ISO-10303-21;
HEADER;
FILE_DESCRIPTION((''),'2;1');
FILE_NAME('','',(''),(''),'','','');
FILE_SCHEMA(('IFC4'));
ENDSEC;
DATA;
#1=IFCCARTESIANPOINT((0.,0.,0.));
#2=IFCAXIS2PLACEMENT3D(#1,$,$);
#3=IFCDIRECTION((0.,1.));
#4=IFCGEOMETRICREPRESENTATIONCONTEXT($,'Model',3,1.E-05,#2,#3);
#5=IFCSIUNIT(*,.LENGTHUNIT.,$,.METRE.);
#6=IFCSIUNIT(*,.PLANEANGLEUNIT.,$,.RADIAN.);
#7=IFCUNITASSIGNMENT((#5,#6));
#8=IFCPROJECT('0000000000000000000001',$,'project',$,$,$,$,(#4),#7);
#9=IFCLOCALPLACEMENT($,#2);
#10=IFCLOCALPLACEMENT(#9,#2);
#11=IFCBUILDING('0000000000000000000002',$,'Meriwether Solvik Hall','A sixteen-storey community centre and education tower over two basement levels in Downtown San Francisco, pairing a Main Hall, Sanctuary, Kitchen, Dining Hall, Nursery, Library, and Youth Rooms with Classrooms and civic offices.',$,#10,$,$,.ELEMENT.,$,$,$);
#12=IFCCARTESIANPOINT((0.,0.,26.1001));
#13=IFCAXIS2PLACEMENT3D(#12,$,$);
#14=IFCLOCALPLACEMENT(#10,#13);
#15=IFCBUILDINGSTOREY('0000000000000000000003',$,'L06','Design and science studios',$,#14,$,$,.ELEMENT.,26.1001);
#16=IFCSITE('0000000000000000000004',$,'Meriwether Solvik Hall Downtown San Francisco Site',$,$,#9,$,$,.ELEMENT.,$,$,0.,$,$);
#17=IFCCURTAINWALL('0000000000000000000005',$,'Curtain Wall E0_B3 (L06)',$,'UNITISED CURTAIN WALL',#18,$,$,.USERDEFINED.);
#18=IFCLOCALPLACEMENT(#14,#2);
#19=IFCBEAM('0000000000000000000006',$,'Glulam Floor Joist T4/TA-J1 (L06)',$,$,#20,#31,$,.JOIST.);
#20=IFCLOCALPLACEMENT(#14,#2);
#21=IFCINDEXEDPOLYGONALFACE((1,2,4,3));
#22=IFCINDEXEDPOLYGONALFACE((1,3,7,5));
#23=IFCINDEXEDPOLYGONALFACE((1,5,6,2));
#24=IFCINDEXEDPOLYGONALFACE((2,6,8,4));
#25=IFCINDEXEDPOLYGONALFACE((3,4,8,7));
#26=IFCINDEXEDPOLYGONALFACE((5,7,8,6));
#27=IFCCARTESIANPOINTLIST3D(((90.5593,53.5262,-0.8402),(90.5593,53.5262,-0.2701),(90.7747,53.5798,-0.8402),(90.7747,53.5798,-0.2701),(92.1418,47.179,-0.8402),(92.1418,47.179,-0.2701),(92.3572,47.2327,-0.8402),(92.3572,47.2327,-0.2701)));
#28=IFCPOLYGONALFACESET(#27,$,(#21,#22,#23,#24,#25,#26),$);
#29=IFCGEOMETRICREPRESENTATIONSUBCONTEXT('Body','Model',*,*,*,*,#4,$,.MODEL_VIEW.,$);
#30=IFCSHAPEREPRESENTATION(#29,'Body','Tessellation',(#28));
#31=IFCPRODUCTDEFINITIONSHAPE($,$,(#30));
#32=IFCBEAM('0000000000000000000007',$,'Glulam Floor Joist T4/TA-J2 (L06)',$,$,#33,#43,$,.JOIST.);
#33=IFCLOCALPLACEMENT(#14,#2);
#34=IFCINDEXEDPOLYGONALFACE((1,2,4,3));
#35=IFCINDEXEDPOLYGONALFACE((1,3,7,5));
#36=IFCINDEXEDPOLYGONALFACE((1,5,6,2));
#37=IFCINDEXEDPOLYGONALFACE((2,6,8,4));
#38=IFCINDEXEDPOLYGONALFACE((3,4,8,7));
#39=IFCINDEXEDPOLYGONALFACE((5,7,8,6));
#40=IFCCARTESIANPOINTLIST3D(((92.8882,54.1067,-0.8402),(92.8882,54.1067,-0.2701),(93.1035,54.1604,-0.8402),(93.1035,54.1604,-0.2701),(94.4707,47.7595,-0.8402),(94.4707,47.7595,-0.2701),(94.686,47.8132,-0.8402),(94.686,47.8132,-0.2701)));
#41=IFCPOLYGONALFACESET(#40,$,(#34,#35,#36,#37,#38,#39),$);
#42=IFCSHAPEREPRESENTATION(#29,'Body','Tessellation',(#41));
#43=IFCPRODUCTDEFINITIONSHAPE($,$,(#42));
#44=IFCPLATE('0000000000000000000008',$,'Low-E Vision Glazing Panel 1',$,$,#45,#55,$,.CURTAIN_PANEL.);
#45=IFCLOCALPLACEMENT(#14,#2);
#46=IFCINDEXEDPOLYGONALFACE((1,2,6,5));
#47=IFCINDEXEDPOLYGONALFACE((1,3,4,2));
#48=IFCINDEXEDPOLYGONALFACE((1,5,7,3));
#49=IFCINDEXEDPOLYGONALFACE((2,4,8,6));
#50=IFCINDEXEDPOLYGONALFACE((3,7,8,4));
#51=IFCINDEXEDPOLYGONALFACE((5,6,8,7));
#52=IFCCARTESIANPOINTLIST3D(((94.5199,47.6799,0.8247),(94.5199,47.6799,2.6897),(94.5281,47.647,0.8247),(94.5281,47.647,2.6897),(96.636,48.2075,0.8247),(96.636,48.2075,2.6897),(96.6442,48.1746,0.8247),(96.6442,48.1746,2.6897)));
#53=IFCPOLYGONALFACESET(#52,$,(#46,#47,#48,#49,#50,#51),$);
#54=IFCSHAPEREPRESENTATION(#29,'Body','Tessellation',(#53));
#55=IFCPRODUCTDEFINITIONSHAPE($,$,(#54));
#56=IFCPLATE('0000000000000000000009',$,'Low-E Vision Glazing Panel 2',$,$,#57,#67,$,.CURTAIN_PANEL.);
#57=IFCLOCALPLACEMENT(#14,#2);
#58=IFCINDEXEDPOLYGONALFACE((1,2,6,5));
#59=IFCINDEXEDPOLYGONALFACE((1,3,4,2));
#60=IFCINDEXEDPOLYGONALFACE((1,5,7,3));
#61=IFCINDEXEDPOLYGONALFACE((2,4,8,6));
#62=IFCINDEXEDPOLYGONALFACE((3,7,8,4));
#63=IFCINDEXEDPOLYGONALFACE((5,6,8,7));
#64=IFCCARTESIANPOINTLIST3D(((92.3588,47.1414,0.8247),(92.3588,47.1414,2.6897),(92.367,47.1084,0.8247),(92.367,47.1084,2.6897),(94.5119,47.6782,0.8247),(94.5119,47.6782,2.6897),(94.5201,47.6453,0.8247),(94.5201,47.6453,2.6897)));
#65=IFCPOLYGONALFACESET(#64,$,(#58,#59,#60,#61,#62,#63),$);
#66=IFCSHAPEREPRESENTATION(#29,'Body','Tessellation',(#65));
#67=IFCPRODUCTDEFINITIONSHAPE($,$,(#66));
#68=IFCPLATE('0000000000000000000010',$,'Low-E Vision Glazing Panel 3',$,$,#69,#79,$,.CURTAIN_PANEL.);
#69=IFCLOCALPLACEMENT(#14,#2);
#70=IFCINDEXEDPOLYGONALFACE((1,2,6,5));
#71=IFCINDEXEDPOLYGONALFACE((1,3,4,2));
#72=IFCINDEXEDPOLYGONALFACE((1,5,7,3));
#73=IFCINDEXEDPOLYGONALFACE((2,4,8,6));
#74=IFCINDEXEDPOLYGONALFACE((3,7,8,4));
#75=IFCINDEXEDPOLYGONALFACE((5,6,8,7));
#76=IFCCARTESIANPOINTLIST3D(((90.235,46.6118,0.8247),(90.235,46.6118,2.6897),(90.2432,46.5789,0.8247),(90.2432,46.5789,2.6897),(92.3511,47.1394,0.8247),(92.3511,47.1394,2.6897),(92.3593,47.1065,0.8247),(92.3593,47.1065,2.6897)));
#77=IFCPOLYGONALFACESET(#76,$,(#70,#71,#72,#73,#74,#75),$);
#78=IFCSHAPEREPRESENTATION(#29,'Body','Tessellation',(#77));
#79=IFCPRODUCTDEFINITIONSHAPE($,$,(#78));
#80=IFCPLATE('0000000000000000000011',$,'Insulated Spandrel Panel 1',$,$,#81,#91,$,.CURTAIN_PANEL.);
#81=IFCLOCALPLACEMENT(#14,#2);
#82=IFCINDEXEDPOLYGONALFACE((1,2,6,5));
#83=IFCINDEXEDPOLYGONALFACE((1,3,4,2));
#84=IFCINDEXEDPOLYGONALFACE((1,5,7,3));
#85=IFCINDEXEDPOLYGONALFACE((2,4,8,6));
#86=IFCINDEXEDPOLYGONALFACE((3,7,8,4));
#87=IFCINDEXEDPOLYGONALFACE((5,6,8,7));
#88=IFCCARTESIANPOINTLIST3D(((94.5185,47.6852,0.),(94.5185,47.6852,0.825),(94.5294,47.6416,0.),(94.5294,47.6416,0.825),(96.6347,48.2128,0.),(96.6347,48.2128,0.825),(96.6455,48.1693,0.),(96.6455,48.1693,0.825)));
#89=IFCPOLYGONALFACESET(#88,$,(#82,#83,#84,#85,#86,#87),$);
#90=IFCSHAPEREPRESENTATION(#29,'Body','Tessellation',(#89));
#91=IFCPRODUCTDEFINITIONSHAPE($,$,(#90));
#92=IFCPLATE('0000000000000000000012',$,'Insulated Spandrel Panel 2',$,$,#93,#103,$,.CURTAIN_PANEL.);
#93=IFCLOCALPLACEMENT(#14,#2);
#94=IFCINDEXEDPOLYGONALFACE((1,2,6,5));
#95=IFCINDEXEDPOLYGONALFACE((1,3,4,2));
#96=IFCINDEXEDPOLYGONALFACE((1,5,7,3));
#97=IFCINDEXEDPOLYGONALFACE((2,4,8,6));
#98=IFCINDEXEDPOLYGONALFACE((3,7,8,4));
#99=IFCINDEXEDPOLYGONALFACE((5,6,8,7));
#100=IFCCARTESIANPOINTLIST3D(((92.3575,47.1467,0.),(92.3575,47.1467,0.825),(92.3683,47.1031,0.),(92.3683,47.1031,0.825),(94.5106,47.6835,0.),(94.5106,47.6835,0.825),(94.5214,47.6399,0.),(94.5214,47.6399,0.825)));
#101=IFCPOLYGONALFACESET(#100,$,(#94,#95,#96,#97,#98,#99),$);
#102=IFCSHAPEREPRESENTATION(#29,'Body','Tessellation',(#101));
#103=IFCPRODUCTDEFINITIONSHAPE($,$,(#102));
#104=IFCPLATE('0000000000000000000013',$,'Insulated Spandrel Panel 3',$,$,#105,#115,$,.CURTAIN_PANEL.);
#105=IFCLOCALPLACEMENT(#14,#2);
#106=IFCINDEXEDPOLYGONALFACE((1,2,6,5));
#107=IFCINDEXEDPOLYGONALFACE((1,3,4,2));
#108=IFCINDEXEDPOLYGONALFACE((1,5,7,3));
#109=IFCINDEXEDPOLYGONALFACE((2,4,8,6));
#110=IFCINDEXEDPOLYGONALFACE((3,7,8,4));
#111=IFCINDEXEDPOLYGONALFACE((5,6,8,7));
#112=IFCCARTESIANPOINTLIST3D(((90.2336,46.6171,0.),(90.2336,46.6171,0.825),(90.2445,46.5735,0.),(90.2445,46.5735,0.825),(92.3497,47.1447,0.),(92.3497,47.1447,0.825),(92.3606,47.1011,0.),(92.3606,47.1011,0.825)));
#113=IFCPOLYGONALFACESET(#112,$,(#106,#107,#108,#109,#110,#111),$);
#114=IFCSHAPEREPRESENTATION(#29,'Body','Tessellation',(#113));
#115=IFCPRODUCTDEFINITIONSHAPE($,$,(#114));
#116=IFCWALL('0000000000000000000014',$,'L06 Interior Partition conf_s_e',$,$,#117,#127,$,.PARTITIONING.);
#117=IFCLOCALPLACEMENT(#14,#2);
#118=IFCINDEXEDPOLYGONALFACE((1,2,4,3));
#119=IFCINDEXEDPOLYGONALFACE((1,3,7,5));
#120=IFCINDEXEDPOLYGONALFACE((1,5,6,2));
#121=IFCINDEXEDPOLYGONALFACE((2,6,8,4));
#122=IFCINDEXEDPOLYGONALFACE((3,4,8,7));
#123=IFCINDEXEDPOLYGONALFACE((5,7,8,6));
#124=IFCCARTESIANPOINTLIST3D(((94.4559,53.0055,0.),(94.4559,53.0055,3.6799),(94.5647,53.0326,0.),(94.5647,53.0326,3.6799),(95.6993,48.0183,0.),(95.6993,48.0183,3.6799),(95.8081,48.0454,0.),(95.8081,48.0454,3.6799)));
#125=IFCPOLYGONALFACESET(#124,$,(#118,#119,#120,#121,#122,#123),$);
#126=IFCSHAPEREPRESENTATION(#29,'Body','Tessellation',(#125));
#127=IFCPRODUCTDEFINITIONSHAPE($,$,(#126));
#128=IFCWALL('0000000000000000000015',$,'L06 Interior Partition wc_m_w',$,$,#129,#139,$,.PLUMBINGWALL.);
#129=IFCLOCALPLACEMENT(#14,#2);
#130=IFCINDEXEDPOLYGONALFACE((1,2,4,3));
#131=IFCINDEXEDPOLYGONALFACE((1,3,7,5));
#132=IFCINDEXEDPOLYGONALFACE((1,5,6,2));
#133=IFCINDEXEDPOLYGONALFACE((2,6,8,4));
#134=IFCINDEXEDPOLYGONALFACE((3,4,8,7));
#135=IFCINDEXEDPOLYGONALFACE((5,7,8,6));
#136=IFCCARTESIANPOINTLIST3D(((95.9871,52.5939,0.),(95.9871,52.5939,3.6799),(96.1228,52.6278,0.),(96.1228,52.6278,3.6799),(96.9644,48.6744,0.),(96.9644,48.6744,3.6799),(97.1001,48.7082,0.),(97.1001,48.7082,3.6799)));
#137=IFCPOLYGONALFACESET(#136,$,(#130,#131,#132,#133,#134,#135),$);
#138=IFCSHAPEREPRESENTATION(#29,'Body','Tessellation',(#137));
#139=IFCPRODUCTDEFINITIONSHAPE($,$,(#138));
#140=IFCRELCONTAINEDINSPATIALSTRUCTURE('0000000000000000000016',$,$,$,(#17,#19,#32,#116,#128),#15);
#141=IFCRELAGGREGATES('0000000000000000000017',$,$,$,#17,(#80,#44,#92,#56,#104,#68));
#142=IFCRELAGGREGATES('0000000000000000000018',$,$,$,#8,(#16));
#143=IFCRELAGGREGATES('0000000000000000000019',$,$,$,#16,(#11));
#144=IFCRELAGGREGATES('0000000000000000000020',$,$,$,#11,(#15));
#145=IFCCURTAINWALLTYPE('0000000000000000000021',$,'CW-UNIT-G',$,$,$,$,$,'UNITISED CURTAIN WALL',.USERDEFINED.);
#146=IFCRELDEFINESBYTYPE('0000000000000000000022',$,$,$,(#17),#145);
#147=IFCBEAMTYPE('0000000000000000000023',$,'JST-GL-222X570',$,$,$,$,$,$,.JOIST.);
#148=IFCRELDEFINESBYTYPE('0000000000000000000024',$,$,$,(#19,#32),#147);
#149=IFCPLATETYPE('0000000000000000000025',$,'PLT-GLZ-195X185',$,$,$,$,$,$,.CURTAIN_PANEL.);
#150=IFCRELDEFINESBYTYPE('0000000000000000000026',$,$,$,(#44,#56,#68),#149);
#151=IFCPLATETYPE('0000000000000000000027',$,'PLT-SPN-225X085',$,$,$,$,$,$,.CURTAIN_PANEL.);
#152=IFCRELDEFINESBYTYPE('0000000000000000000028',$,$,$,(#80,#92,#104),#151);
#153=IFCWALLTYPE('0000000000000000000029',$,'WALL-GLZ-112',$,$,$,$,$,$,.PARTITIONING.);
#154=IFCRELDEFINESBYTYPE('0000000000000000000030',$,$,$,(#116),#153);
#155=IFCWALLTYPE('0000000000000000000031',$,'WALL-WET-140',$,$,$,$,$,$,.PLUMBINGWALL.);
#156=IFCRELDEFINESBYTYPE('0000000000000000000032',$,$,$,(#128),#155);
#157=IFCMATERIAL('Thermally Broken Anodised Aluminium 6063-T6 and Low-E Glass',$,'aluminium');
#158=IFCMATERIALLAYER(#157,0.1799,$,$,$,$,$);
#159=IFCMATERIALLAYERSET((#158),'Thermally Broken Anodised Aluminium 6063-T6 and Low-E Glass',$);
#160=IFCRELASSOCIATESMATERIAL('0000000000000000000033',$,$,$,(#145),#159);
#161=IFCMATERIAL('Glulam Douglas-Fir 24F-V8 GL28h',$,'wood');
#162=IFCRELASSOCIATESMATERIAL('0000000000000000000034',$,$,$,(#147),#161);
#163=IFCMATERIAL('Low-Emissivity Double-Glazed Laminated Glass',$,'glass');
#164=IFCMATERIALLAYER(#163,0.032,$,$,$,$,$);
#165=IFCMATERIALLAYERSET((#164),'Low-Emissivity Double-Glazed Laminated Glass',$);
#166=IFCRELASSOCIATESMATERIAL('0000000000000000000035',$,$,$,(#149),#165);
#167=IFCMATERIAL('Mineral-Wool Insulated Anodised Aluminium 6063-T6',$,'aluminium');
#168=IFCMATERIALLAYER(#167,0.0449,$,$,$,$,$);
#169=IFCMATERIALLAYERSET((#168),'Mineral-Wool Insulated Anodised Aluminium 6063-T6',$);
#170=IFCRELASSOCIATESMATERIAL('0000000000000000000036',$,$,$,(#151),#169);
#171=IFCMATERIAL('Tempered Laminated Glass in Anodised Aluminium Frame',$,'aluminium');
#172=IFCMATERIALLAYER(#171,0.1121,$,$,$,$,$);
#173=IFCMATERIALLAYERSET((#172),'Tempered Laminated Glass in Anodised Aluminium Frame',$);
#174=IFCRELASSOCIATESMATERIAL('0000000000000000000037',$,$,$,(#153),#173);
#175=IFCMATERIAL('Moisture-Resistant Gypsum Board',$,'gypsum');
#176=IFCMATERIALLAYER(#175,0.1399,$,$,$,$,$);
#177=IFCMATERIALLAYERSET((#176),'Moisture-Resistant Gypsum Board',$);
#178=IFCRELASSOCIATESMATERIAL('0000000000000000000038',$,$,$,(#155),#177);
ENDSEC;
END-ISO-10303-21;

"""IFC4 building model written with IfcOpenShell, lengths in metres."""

from ifc_helpers import new_model, si_unit, direction, frame, frame_2d, origin, origin_2d, place, context, subcontext, project, spatial, rectangle, extrude, material, layer, layer_set, material_profile, profile_set, type_object, element, aggregate, save


model = new_model("IFC4")

# Units and contexts
model_context = context("Model", 3, precision=1e-05, world=origin(), true_north=direction((0.0, 1.0)))
body_context = subcontext(model_context, "Body", "Model", "MODEL_VIEW")
ifc_project = project(units=[si_unit("LENGTHUNIT", "METRE"), si_unit("PLANEANGLEUNIT", "RADIAN")], contexts=[model_context])

# Site, building, storey
site_placement = place(None, origin())
site = spatial("IfcSite", under=ifc_project, at=site_placement, Name="Meriwether Solvik Hall Downtown San Francisco Site", CompositionType="ELEMENT", RefElevation=0.0)
building_placement = place(site_placement, origin())
building = spatial("IfcBuilding", under=site, at=building_placement, Name="Meriwether Solvik Hall", Description="A sixteen-storey community centre and education tower over two basement levels in Downtown San Francisco, pairing a Main Hall, Sanctuary, Kitchen, Dining Hall, Nursery, Library, and Youth Rooms with Classrooms and civic offices.", CompositionType="ELEMENT")
storey_placement = place(building_placement, frame((0.0, 0.0, 26.1001)))
storey = spatial("IfcBuildingStorey", under=building, at=storey_placement, Name="L06", Description="Design and science studios", CompositionType="ELEMENT", Elevation=26.1001)

# Curtain wall
ifc_material_1 = material(Name="Thermally Broken Anodised Aluminium 6063-T6 and Low-E Glass", Category="aluminium")
ifc_layer_1 = layer(ifc_material_1, 0.1799)
ifc_layer_set_1 = layer_set([ifc_layer_1], Name="Thermally Broken Anodised Aluminium 6063-T6 and Low-E Glass")
curtain_wall_type = type_object("IfcCurtainWallType", Name="CW-UNIT-G", ElementType="UNITISED CURTAIN WALL", PredefinedType="USERDEFINED", material=ifc_layer_set_1)
curtain_wall_placement = place(storey_placement, origin())
curtain_wall = element("IfcCurtainWall", 1, at=curtain_wall_placement, inside=storey, type_object=curtain_wall_type, Name="Curtain Wall E0_B3 (L06)", ObjectType="UNITISED CURTAIN WALL", PredefinedType="USERDEFINED")

# Beams
ifc_material_2 = material(Name="Glulam Douglas-Fir 24F-V8 GL28h", Category="wood")
ifc_material_profile_1 = material_profile(ifc_material_2, rectangle(XDim=0.2219, YDim=0.5701, at=origin_2d()), Name="GLJ-222X570")
ifc_profile_set_1 = profile_set([ifc_material_profile_1], Name="Glulam Douglas-Fir 24F-V8 GL28h")
beam_type_1 = type_object("IfcBeamType", Name="JST-GL-222X570", PredefinedType="JOIST", material=ifc_profile_set_1)
for number, where, z_axis, x_axis, name in (
    (2, (92.2495, 47.2058, -0.5552), (-0.241921, 0.970296, 0.0), (-0.970296, -0.241921, 0.0), "Glulam Floor Joist T4/TA-J1 (L06)"),
    (3, (94.5784, 47.7864, -0.5552), (-0.241921, 0.970296, 0.0), (-0.970296, -0.241921, 0.0), "Glulam Floor Joist T4/TA-J2 (L06)"),
):
    element("IfcBeam", number, at=place(storey_placement, frame(where, z_axis=z_axis, x_axis=x_axis)), inside=storey, type_object=beam_type_1, Name=name, PredefinedType="JOIST", context=body_context, shape_type="SweptSolid", body=[
        extrude(rectangle(XDim=0.2219, YDim=0.5701, at=origin_2d()), origin(), (0.0, 0.0, 1.0), 6.5415),
    ])

# Plates
ifc_material_3 = material(Name="Low-Emissivity Double-Glazed Laminated Glass", Category="glass")
ifc_layer_2 = layer(ifc_material_3, 0.032)
ifc_layer_set_2 = layer_set([ifc_layer_2], Name="Low-Emissivity Double-Glazed Laminated Glass")
plate_type_1 = type_object("IfcPlateType", Name="PLT-GLZ-195X185", PredefinedType="CURTAIN_PANEL", material=ifc_layer_set_2)
plate_1_placement = place(storey_placement, frame((95.582, 47.9272, 0.8247), z_axis=(0.0, 0.0, 1.0), x_axis=(-0.970296, -0.241922, 0.0)))
plate_1 = element("IfcPlate", 4, at=plate_1_placement, type_object=plate_type_1, Name="Low-E Vision Glazing Panel 1", PredefinedType="CURTAIN_PANEL", context=body_context, shape_type="SweptSolid", body=[
    extrude(rectangle(XDim=2.1809, YDim=0.0339, at=origin_2d()), origin(), (0.0, 0.0, 1.0), 1.865),
])
plate_2_placement = place(storey_placement, frame((93.4395, 47.3933, 0.8247), z_axis=(0.0, 0.0, 1.0), x_axis=(-0.970296, -0.241922, 0.0)))
plate_2 = element("IfcPlate", 5, at=plate_2_placement, type_object=plate_type_1, Name="Low-E Vision Glazing Panel 2", PredefinedType="CURTAIN_PANEL", context=body_context, shape_type="SweptSolid", body=[
    extrude(rectangle(XDim=2.219, YDim=0.0339, at=origin_2d()), origin(), (0.0, 0.0, 1.0), 1.865),
])
plate_3_placement = place(storey_placement, frame((91.2971, 46.8591, 0.8247), z_axis=(0.0, 0.0, 1.0), x_axis=(-0.970296, -0.241922, 0.0)))
plate_3 = element("IfcPlate", 6, at=plate_3_placement, type_object=plate_type_1, Name="Low-E Vision Glazing Panel 3", PredefinedType="CURTAIN_PANEL", context=body_context, shape_type="SweptSolid", body=[
    extrude(rectangle(XDim=2.1809, YDim=0.0339, at=origin_2d()), origin(), (0.0, 0.0, 1.0), 1.865),
])
ifc_material_4 = material(Name="Mineral-Wool Insulated Anodised Aluminium 6063-T6", Category="aluminium")
ifc_layer_3 = layer(ifc_material_4, 0.0449)
ifc_layer_set_3 = layer_set([ifc_layer_3], Name="Mineral-Wool Insulated Anodised Aluminium 6063-T6")
plate_type_2 = type_object("IfcPlateType", Name="PLT-SPN-225X085", PredefinedType="CURTAIN_PANEL", material=ifc_layer_set_3)
plate_4_placement = place(storey_placement, frame((95.582, 47.9272, 0.0), z_axis=(0.0, 0.0, 1.0), x_axis=(-0.970296, -0.241922, 0.0)))
plate_4 = element("IfcPlate", 7, at=plate_4_placement, type_object=plate_type_2, Name="Insulated Spandrel Panel 1", PredefinedType="CURTAIN_PANEL", context=body_context, shape_type="SweptSolid", body=[
    extrude(rectangle(XDim=2.1809, YDim=0.0449, at=origin_2d()), origin(), (0.0, 0.0, 1.0), 0.825),
])
plate_5_placement = place(storey_placement, frame((93.4395, 47.3933, 0.0), z_axis=(0.0, 0.0, 1.0), x_axis=(-0.970296, -0.241922, 0.0)))
plate_5 = element("IfcPlate", 8, at=plate_5_placement, type_object=plate_type_2, Name="Insulated Spandrel Panel 2", PredefinedType="CURTAIN_PANEL", context=body_context, shape_type="SweptSolid", body=[
    extrude(rectangle(XDim=2.219, YDim=0.0449, at=origin_2d()), origin(), (0.0, 0.0, 1.0), 0.825),
])
plate_6_placement = place(storey_placement, frame((91.2971, 46.8591, 0.0), z_axis=(0.0, 0.0, 1.0), x_axis=(-0.970296, -0.241922, 0.0)))
plate_6 = element("IfcPlate", 9, at=plate_6_placement, type_object=plate_type_2, Name="Insulated Spandrel Panel 3", PredefinedType="CURTAIN_PANEL", context=body_context, shape_type="SweptSolid", body=[
    extrude(rectangle(XDim=2.1809, YDim=0.0449, at=origin_2d()), origin(), (0.0, 0.0, 1.0), 0.825),
])
aggregate(curtain_wall, [plate_4, plate_1, plate_5, plate_2, plate_6, plate_3])

# Walls
ifc_material_5 = material(Name="Tempered Laminated Glass in Anodised Aluminium Frame", Category="aluminium")
ifc_layer_4 = layer(ifc_material_5, 0.1121)
ifc_layer_set_4 = layer_set([ifc_layer_4], Name="Tempered Laminated Glass in Anodised Aluminium Frame")
wall_type_1 = type_object("IfcWallType", Name="WALL-GLZ-112", PredefinedType="PARTITIONING", material=ifc_layer_set_4)
wall_1_placement = place(storey_placement, frame((95.7537, 48.032, 0.0), z_axis=(0.0, 0.0, 1.0), x_axis=(-0.24191, 0.970299, 0.0)))
element("IfcWall", 10, at=wall_1_placement, inside=storey, type_object=wall_type_1, Name="L06 Interior Partition conf_s_e", PredefinedType="PARTITIONING", context=body_context, shape_type="SweptSolid", body=[
    extrude(rectangle(XDim=5.1399, YDim=0.1121, at=frame_2d((2.5698, 0.0))), origin(), (0.0, 0.0, 1.0), 3.6799),
])
ifc_material_6 = material(Name="Moisture-Resistant Gypsum Board", Category="gypsum")
ifc_layer_5 = layer(ifc_material_6, 0.1399)
ifc_layer_set_5 = layer_set([ifc_layer_5], Name="Moisture-Resistant Gypsum Board")
wall_type_2 = type_object("IfcWallType", Name="WALL-WET-140", PredefinedType="PLUMBINGWALL", material=ifc_layer_set_5)
wall_2_placement = place(storey_placement, frame((96.0549, 52.6108, 0.0), z_axis=(0.0, 0.0, 1.0), x_axis=(0.241938, -0.970292, 0.0)))
element("IfcWall", 11, at=wall_2_placement, inside=storey, type_object=wall_type_2, Name="L06 Interior Partition wc_m_w", PredefinedType="PLUMBINGWALL", context=body_context, shape_type="SweptSolid", body=[
    extrude(rectangle(XDim=4.0396, YDim=0.1399, at=frame_2d((2.0198, 0.0))), origin(), (0.0, 0.0, 1.0), 3.6799),
])

save(model, "model.ifc")
